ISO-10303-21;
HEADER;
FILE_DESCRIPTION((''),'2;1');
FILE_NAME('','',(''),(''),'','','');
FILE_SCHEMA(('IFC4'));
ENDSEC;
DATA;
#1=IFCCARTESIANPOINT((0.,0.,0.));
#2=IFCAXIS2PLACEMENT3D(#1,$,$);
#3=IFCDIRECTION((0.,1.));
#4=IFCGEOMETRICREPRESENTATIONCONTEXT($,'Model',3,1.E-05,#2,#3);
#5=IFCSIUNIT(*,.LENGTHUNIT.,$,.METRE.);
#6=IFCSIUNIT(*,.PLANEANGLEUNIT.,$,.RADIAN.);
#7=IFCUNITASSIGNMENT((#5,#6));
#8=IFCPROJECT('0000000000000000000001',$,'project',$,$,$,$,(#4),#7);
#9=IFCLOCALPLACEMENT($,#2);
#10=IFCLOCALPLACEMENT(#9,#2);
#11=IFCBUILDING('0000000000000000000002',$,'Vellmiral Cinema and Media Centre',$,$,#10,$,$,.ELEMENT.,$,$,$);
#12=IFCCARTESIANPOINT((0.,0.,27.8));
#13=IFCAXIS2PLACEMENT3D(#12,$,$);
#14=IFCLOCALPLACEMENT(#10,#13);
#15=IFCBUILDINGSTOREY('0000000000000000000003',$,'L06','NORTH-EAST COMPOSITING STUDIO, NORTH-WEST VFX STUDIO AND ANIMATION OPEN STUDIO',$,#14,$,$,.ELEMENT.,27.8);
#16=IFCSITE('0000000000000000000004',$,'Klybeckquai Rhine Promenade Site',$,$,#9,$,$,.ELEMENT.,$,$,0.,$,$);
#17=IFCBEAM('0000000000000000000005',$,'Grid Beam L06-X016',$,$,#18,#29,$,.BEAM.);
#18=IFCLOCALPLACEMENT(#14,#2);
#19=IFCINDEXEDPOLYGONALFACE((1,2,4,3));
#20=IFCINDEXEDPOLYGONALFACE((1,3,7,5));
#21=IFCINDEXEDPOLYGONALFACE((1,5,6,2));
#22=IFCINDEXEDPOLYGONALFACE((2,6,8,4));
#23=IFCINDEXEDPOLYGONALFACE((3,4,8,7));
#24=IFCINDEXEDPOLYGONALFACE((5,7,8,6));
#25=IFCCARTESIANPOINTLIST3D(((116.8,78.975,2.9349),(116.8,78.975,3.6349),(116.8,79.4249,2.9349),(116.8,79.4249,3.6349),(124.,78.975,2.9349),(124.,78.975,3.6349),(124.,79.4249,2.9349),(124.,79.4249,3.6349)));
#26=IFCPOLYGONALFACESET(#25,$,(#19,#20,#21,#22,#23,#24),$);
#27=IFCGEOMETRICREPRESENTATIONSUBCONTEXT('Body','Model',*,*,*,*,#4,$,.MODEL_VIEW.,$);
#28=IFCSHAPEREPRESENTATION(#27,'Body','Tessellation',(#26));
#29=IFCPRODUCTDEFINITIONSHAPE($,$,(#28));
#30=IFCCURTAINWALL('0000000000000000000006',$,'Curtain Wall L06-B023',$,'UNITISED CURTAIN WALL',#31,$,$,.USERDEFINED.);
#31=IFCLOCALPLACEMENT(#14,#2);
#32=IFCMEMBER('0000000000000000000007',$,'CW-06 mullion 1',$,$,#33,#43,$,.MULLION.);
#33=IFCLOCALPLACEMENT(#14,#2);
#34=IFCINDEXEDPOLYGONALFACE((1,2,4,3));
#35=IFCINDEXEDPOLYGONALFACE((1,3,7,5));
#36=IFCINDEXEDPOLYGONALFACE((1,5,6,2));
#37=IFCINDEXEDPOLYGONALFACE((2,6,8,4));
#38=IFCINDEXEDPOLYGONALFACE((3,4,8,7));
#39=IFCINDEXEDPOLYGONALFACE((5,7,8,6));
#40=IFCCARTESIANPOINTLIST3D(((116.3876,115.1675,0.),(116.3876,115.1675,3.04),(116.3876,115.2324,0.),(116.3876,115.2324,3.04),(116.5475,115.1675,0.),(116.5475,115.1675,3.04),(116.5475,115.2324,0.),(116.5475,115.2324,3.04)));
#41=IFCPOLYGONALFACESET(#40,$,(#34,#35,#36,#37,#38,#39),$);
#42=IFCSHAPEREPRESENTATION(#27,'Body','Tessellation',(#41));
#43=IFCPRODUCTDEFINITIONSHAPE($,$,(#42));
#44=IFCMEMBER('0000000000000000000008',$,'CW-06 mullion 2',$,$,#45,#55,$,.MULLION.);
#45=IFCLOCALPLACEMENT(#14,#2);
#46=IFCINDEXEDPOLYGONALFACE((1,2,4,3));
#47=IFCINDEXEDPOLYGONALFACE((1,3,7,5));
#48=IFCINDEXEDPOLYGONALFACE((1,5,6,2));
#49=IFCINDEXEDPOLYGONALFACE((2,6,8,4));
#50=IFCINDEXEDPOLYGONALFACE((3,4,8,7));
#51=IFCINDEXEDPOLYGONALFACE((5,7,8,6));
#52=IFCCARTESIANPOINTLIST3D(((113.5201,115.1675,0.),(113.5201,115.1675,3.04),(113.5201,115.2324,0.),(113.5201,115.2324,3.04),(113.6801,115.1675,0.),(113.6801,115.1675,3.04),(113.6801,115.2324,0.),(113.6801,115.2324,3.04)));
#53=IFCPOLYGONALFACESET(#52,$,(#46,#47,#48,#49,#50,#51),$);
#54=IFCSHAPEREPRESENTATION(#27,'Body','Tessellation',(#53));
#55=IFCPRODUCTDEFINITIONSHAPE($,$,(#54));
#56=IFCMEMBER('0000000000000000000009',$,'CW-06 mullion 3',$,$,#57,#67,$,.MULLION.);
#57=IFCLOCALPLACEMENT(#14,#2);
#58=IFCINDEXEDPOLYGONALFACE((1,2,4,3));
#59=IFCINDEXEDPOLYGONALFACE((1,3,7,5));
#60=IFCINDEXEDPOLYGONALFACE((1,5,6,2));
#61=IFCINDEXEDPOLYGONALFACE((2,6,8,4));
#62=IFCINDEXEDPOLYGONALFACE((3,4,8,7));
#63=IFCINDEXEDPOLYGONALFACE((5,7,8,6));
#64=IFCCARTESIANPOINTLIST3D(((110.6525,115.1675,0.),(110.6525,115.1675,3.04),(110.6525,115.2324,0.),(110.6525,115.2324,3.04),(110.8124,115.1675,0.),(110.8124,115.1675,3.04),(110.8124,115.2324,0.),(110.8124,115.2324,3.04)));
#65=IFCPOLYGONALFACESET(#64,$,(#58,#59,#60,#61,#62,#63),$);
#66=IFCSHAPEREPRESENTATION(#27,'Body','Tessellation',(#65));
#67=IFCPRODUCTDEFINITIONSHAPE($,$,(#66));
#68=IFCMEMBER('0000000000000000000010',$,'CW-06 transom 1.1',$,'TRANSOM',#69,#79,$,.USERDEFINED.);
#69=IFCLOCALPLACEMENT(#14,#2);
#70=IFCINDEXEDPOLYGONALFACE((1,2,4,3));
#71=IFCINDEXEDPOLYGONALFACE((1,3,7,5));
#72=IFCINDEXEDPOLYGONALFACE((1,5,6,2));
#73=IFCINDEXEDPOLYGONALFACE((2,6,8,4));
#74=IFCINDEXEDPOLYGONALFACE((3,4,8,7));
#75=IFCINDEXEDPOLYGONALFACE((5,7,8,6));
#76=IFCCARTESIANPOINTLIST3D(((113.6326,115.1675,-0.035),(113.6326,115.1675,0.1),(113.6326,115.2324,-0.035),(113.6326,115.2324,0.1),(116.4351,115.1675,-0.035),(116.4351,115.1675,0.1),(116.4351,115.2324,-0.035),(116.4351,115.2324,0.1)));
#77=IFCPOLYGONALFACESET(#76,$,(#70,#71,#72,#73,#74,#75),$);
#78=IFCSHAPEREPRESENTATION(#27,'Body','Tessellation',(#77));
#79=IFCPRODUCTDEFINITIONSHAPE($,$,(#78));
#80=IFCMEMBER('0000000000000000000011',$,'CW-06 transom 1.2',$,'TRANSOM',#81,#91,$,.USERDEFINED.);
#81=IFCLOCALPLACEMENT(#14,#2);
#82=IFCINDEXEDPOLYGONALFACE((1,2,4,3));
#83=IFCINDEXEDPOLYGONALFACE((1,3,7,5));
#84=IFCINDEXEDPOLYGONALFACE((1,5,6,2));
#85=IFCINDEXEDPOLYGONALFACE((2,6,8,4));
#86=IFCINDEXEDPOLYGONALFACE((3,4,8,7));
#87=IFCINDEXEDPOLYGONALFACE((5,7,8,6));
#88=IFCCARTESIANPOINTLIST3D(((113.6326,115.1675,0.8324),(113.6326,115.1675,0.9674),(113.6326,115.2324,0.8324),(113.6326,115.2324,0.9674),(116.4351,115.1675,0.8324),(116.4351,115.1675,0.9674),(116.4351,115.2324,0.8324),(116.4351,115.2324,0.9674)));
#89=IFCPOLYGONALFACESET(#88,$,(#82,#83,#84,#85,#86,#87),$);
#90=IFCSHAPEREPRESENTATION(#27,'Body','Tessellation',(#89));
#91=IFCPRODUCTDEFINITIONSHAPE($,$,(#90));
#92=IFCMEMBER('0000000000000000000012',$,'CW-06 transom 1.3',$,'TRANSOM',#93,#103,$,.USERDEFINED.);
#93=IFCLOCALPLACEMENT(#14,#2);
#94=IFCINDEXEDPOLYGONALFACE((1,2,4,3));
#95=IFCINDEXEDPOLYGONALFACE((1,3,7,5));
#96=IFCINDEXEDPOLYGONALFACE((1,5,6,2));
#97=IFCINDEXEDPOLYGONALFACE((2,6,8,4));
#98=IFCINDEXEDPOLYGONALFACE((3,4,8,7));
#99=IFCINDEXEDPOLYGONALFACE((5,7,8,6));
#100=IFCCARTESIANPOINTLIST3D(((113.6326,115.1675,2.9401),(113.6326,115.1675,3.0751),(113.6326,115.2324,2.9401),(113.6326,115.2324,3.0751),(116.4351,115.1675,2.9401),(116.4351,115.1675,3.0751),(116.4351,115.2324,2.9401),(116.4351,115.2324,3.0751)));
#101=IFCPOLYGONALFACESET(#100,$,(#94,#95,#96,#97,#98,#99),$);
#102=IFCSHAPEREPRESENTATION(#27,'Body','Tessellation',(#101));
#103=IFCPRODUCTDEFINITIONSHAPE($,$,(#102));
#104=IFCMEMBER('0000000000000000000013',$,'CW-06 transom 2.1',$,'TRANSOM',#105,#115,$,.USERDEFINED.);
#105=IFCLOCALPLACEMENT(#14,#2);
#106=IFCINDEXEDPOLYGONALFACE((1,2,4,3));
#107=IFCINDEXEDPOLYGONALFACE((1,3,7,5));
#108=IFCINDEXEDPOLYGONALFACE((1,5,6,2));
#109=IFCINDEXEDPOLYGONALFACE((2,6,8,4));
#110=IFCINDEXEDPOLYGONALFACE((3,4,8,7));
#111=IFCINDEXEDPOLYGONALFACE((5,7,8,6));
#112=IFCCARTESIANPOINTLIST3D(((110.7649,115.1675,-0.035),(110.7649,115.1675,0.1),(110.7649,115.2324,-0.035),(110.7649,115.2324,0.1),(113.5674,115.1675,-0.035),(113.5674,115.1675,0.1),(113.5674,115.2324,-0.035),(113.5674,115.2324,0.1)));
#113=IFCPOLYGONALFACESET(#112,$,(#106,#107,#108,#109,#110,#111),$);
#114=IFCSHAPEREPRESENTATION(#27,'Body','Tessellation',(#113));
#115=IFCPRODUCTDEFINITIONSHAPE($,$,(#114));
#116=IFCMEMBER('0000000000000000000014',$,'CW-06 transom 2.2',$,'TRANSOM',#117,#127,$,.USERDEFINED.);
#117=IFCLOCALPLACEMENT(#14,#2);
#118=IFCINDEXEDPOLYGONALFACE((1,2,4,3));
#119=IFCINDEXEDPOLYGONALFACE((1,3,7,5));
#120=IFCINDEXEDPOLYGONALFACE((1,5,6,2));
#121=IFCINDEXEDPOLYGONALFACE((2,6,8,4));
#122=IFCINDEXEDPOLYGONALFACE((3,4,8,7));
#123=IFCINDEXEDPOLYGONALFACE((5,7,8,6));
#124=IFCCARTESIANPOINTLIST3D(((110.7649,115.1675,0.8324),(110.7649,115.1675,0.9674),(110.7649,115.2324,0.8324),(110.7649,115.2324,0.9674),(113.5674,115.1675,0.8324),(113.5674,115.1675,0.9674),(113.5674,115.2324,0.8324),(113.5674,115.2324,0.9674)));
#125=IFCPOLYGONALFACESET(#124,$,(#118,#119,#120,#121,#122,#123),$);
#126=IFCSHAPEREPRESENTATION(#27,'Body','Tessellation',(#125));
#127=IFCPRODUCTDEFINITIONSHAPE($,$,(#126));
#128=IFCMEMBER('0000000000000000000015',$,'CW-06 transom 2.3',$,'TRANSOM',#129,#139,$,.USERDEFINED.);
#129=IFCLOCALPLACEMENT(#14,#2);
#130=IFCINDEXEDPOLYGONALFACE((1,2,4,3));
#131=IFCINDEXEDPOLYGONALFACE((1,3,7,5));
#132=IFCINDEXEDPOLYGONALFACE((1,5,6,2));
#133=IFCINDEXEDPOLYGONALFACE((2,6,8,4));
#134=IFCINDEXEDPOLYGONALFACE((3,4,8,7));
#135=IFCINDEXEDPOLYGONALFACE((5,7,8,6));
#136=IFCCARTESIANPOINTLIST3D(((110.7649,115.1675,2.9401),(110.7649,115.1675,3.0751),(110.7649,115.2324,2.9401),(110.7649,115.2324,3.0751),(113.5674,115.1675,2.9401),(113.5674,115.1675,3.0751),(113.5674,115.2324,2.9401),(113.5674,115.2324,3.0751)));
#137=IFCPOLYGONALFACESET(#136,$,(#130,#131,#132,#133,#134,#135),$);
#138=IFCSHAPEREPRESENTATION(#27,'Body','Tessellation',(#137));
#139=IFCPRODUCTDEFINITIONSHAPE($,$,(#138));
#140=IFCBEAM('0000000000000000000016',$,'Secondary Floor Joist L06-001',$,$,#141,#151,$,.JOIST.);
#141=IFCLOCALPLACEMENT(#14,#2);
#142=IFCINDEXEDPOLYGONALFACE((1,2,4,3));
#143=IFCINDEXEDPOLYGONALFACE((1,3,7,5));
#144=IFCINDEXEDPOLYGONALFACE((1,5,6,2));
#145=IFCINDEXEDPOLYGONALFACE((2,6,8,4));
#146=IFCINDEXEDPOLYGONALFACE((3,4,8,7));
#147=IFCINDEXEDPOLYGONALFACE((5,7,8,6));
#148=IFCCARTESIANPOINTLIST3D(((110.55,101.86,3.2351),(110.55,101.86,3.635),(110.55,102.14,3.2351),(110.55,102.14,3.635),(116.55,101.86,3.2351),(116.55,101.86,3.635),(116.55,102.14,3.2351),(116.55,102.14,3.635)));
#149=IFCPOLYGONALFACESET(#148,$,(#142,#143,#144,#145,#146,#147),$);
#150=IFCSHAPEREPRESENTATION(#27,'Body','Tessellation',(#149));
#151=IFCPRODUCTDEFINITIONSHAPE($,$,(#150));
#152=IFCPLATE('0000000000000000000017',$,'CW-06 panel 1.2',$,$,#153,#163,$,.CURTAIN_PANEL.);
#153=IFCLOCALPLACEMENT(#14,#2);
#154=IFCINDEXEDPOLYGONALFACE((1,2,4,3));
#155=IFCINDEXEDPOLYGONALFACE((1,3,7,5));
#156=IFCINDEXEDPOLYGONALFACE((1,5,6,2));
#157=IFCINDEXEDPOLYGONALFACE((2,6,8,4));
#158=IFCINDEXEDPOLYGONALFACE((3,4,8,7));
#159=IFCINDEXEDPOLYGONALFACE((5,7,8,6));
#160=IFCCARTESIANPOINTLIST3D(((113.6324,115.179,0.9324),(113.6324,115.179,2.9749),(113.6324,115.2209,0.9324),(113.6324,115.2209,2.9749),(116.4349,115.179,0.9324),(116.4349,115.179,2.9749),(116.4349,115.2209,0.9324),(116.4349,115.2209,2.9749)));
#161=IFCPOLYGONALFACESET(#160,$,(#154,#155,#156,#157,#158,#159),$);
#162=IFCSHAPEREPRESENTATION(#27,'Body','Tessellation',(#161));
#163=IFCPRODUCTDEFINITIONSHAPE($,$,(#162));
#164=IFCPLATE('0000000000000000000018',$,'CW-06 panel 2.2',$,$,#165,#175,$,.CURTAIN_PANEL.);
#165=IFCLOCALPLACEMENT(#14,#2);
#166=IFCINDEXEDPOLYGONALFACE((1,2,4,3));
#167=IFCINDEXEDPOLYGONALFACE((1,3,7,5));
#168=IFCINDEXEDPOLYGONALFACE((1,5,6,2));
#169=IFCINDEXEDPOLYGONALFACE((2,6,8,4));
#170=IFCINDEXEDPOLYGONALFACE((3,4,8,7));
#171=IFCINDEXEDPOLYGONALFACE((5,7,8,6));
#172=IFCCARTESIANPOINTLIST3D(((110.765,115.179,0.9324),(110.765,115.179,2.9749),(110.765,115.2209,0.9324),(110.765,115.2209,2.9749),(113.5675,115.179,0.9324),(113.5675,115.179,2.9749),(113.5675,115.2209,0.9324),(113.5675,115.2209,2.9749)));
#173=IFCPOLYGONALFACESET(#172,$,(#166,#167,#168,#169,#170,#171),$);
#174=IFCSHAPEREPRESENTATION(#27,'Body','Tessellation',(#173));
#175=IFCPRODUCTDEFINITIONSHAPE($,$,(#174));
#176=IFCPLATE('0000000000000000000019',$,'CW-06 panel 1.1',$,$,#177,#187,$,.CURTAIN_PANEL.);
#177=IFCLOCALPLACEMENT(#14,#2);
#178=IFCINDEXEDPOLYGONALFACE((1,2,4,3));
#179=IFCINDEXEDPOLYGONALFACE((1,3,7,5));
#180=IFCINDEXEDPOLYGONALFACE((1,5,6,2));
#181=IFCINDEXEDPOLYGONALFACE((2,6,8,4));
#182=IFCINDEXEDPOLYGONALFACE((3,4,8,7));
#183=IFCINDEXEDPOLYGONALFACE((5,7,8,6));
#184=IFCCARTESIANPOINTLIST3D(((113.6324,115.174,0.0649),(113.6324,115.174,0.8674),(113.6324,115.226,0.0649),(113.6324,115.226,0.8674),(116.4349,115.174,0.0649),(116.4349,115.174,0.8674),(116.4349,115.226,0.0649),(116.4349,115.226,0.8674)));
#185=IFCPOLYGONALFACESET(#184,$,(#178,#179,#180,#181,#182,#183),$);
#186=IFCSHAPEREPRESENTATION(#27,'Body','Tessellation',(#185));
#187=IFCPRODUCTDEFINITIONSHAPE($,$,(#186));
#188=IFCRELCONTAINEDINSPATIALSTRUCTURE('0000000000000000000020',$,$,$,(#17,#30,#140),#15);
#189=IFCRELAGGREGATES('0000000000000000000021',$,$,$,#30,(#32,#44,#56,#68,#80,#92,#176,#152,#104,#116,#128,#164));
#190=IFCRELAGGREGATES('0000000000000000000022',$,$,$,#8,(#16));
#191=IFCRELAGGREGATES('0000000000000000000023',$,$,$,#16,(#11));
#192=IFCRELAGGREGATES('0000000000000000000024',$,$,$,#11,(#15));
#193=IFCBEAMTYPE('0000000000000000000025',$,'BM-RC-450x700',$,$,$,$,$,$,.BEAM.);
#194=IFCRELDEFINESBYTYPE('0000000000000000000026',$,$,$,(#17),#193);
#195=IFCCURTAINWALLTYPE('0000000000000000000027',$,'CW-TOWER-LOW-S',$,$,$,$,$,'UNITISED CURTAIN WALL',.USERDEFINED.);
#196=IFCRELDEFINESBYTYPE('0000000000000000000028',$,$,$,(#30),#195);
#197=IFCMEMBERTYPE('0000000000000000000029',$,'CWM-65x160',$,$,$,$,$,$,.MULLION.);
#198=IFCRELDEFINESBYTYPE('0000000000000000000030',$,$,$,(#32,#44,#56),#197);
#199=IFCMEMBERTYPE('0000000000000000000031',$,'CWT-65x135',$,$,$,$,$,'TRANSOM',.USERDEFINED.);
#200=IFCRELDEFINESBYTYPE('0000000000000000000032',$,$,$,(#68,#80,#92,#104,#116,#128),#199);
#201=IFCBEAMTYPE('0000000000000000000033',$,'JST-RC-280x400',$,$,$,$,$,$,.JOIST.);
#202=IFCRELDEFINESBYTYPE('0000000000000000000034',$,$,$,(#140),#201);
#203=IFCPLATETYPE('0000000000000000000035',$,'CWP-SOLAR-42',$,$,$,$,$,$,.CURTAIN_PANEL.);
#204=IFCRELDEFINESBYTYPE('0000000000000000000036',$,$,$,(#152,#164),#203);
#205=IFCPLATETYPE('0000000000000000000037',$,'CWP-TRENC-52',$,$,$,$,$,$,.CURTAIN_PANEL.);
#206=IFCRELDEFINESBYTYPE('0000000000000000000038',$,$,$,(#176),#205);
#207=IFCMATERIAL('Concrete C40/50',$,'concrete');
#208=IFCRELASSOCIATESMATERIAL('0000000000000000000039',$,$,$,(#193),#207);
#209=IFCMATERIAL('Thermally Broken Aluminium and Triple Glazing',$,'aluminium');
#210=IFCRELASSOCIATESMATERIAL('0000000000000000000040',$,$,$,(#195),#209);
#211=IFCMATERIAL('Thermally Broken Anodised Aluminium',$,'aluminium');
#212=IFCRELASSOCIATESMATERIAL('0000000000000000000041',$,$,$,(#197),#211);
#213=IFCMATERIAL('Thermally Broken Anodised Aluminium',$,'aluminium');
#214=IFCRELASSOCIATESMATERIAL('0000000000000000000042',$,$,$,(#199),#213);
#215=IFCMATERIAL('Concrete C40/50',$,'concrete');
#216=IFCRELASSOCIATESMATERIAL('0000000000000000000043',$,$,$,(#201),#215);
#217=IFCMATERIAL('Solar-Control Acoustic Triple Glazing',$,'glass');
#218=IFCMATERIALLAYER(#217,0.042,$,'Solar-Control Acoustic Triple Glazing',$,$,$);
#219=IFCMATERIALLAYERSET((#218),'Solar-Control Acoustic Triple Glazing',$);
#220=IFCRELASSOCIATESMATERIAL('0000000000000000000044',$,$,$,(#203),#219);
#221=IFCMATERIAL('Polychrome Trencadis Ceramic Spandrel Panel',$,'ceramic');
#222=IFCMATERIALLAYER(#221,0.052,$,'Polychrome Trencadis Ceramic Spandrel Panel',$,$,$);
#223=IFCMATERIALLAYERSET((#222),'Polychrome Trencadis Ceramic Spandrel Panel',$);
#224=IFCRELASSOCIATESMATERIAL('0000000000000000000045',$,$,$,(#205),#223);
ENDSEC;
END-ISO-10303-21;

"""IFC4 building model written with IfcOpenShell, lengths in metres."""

from ifc_helpers import new_model, si_unit, direction, frame, origin, origin_2d, place, context, subcontext, project, spatial, rectangle, extrude, material, layer, layer_set, material_profile, profile_set, type_object, element, aggregate, save


model = new_model("IFC4")

# Units and contexts
model_context = context("Model", 3, precision=1e-05, world=origin(), true_north=direction((0.0, 1.0)))
body_context = subcontext(model_context, "Body", "Model", "MODEL_VIEW")
ifc_project = project(units=[si_unit("LENGTHUNIT", "METRE"), si_unit("PLANEANGLEUNIT", "RADIAN")], contexts=[model_context])

# Site, building, storey
site_placement = place(None, origin())
site = spatial("IfcSite", under=ifc_project, at=site_placement, Name="Klybeckquai Rhine Promenade Site", CompositionType="ELEMENT", RefElevation=0.0)
building_placement = place(site_placement, origin())
building = spatial("IfcBuilding", under=site, at=building_placement, Name="Vellmiral Cinema and Media Centre", CompositionType="ELEMENT")
storey_placement = place(building_placement, frame((0.0, 0.0, 27.8)))
storey = spatial("IfcBuildingStorey", under=building, at=storey_placement, Name="L06", Description="NORTH-EAST COMPOSITING STUDIO, NORTH-WEST VFX STUDIO AND ANIMATION OPEN STUDIO", CompositionType="ELEMENT", Elevation=27.8)

# Beam
ifc_material_1 = material(Name="Concrete C40/50", Category="concrete")
ifc_material_profile_1 = material_profile(ifc_material_1, rectangle(XDim=0.45, YDim=0.7, at=origin_2d()), Name="RC 450x700")
ifc_profile_set_1 = profile_set([ifc_material_profile_1], Name="Concrete C40/50")
beam_type_1 = type_object("IfcBeamType", Name="BM-RC-450x700", PredefinedType="BEAM", material=ifc_profile_set_1)
beam_1_placement = place(storey_placement, frame((116.8, 79.2, 3.2849), z_axis=(1.0, 0.0, 0.0), x_axis=(0.0, 1.0, 0.0)))
element("IfcBeam", 1, at=beam_1_placement, inside=storey, type_object=beam_type_1, Name="Grid Beam L06-X016", PredefinedType="BEAM", context=body_context, shape_type="SweptSolid", body=[
    extrude(rectangle(XDim=0.45, YDim=0.7, at=origin_2d()), origin(), (0.0, 0.0, 1.0), 7.2),
])

# Curtain wall, members
ifc_material_2 = material(Name="Thermally Broken Aluminium and Triple Glazing", Category="aluminium")
curtain_wall_type = type_object("IfcCurtainWallType", Name="CW-TOWER-LOW-S", ElementType="UNITISED CURTAIN WALL", PredefinedType="USERDEFINED", material=ifc_material_2)
curtain_wall_placement = place(storey_placement, origin())
curtain_wall = element("IfcCurtainWall", 2, at=curtain_wall_placement, inside=storey, type_object=curtain_wall_type, Name="Curtain Wall L06-B023", ObjectType="UNITISED CURTAIN WALL", PredefinedType="USERDEFINED")
ifc_material_3 = material(Name="Thermally Broken Anodised Aluminium", Category="aluminium")
ifc_material_profile_2 = material_profile(ifc_material_3, rectangle(XDim=0.0649, YDim=0.1599, at=origin_2d()), Name="MULL 65x160")
ifc_profile_set_2 = profile_set([ifc_material_profile_2], Name="Thermally Broken Anodised Aluminium")
member_type_1 = type_object("IfcMemberType", Name="CWM-65x160", PredefinedType="MULLION", material=ifc_profile_set_2)
member_1_placement = place(storey_placement, frame((116.4675, 115.2, 0.0), z_axis=(0.0, 0.0, 1.0), x_axis=(0.0, -1.0, 0.0)))
member_1 = element("IfcMember", 3, at=member_1_placement, type_object=member_type_1, Name="CW-06 mullion 1", PredefinedType="MULLION", context=body_context, shape_type="SweptSolid", body=[
    extrude(rectangle(XDim=0.0649, YDim=0.1599, at=origin_2d()), origin(), (0.0, 0.0, 1.0), 3.04),
])
member_2_placement = place(storey_placement, frame((113.6001, 115.2, 0.0), z_axis=(0.0, 0.0, 1.0), x_axis=(0.0, -1.0, 0.0)))
member_2 = element("IfcMember", 4, at=member_2_placement, type_object=member_type_1, Name="CW-06 mullion 2", PredefinedType="MULLION", context=body_context, shape_type="SweptSolid", body=[
    extrude(rectangle(XDim=0.0649, YDim=0.1599, at=origin_2d()), origin(), (0.0, 0.0, 1.0), 3.04),
])
member_3_placement = place(storey_placement, frame((110.7324, 115.2, 0.0), z_axis=(0.0, 0.0, 1.0), x_axis=(0.0, -1.0, 0.0)))
member_3 = element("IfcMember", 5, at=member_3_placement, type_object=member_type_1, Name="CW-06 mullion 3", PredefinedType="MULLION", context=body_context, shape_type="SweptSolid", body=[
    extrude(rectangle(XDim=0.0649, YDim=0.1599, at=origin_2d()), origin(), (0.0, 0.0, 1.0), 3.04),
])
ifc_material_4 = material(Name="Thermally Broken Anodised Aluminium", Category="aluminium")
ifc_material_profile_3 = material_profile(ifc_material_4, rectangle(XDim=0.0649, YDim=0.135, at=origin_2d()), Name="MULL 65x135")
ifc_profile_set_3 = profile_set([ifc_material_profile_3], Name="Thermally Broken Anodised Aluminium")
member_type_2 = type_object("IfcMemberType", Name="CWT-65x135", ElementType="TRANSOM", PredefinedType="USERDEFINED", material=ifc_profile_set_3)
member_4_placement = place(storey_placement, frame((116.4351, 115.2, 0.0325), z_axis=(-1.0, 0.0, 0.0), x_axis=(0.0, -1.0, 0.0)))
member_4 = element("IfcMember", 6, at=member_4_placement, type_object=member_type_2, Name="CW-06 transom 1.1", ObjectType="TRANSOM", PredefinedType="USERDEFINED", context=body_context, shape_type="SweptSolid", body=[
    extrude(rectangle(XDim=0.0649, YDim=0.135, at=origin_2d()), origin(), (0.0, 0.0, 1.0), 2.8025),
])
member_5_placement = place(storey_placement, frame((116.4351, 115.2, 0.8999), z_axis=(-1.0, 0.0, 0.0), x_axis=(0.0, -1.0, 0.0)))
member_5 = element("IfcMember", 7, at=member_5_placement, type_object=member_type_2, Name="CW-06 transom 1.2", ObjectType="TRANSOM", PredefinedType="USERDEFINED", context=body_context, shape_type="SweptSolid", body=[
    extrude(rectangle(XDim=0.0649, YDim=0.135, at=origin_2d()), origin(), (0.0, 0.0, 1.0), 2.8025),
])
member_6_placement = place(storey_placement, frame((116.4351, 115.2, 3.0076), z_axis=(-1.0, 0.0, 0.0), x_axis=(0.0, -1.0, 0.0)))
member_6 = element("IfcMember", 8, at=member_6_placement, type_object=member_type_2, Name="CW-06 transom 1.3", ObjectType="TRANSOM", PredefinedType="USERDEFINED", context=body_context, shape_type="SweptSolid", body=[
    extrude(rectangle(XDim=0.0649, YDim=0.135, at=origin_2d()), origin(), (0.0, 0.0, 1.0), 2.8025),
])
member_7_placement = place(storey_placement, frame((113.5674, 115.2, 0.0325), z_axis=(-1.0, 0.0, 0.0), x_axis=(0.0, -1.0, 0.0)))
member_7 = element("IfcMember", 9, at=member_7_placement, type_object=member_type_2, Name="CW-06 transom 2.1", ObjectType="TRANSOM", PredefinedType="USERDEFINED", context=body_context, shape_type="SweptSolid", body=[
    extrude(rectangle(XDim=0.0649, YDim=0.135, at=origin_2d()), origin(), (0.0, 0.0, 1.0), 2.8025),
])
member_8_placement = place(storey_placement, frame((113.5674, 115.2, 0.8999), z_axis=(-1.0, 0.0, 0.0), x_axis=(0.0, -1.0, 0.0)))
member_8 = element("IfcMember", 10, at=member_8_placement, type_object=member_type_2, Name="CW-06 transom 2.2", ObjectType="TRANSOM", PredefinedType="USERDEFINED", context=body_context, shape_type="SweptSolid", body=[
    extrude(rectangle(XDim=0.0649, YDim=0.135, at=origin_2d()), origin(), (0.0, 0.0, 1.0), 2.8025),
])
member_9_placement = place(storey_placement, frame((113.5674, 115.2, 3.0076), z_axis=(-1.0, 0.0, 0.0), x_axis=(0.0, -1.0, 0.0)))
member_9 = element("IfcMember", 11, at=member_9_placement, type_object=member_type_2, Name="CW-06 transom 2.3", ObjectType="TRANSOM", PredefinedType="USERDEFINED", context=body_context, shape_type="SweptSolid", body=[
    extrude(rectangle(XDim=0.0649, YDim=0.135, at=origin_2d()), origin(), (0.0, 0.0, 1.0), 2.8025),
])

# Beam
ifc_material_5 = material(Name="Concrete C40/50", Category="concrete")
ifc_material_profile_4 = material_profile(ifc_material_5, rectangle(XDim=0.28, YDim=0.3999, at=origin_2d()), Name="RC 280x400")
ifc_profile_set_4 = profile_set([ifc_material_profile_4], Name="Concrete C40/50")
beam_type_2 = type_object("IfcBeamType", Name="JST-RC-280x400", PredefinedType="JOIST", material=ifc_profile_set_4)
beam_2_placement = place(storey_placement, frame((110.55, 102.0, 3.4351), z_axis=(1.0, 0.0, 0.0), x_axis=(0.0, 1.0, 0.0)))
element("IfcBeam", 12, at=beam_2_placement, inside=storey, type_object=beam_type_2, Name="Secondary Floor Joist L06-001", PredefinedType="JOIST", context=body_context, shape_type="SweptSolid", body=[
    extrude(rectangle(XDim=0.28, YDim=0.3999, at=origin_2d()), origin(), (0.0, 0.0, 1.0), 6.0),
])

# Plates
ifc_material_6 = material(Name="Solar-Control Acoustic Triple Glazing", Category="glass")
ifc_layer_1 = layer(ifc_material_6, 0.042, Name="Solar-Control Acoustic Triple Glazing")
ifc_layer_set_1 = layer_set([ifc_layer_1], Name="Solar-Control Acoustic Triple Glazing")
plate_type_1 = type_object("IfcPlateType", Name="CWP-SOLAR-42", PredefinedType="CURTAIN_PANEL", material=ifc_layer_set_1)
plate_1_placement = place(storey_placement, frame((115.0337, 115.2, 0.9324), z_axis=(0.0, 0.0, 1.0), x_axis=(-1.0, 0.0, 0.0)))
plate_1 = element("IfcPlate", 13, at=plate_1_placement, type_object=plate_type_1, Name="CW-06 panel 1.2", PredefinedType="CURTAIN_PANEL", context=body_context, shape_type="SweptSolid", body=[
    extrude(rectangle(XDim=2.8025, YDim=0.042, at=origin_2d()), origin(), (0.0, 0.0, 1.0), 2.0425),
])
plate_2_placement = place(storey_placement, frame((112.1663, 115.2, 0.9324), z_axis=(0.0, 0.0, 1.0), x_axis=(-1.0, 0.0, 0.0)))
plate_2 = element("IfcPlate", 14, at=plate_2_placement, type_object=plate_type_1, Name="CW-06 panel 2.2", PredefinedType="CURTAIN_PANEL", context=body_context, shape_type="SweptSolid", body=[
    extrude(rectangle(XDim=2.8025, YDim=0.042, at=origin_2d()), origin(), (0.0, 0.0, 1.0), 2.0425),
])
ifc_material_7 = material(Name="Polychrome Trencadis Ceramic Spandrel Panel", Category="ceramic")
ifc_layer_2 = layer(ifc_material_7, 0.052, Name="Polychrome Trencadis Ceramic Spandrel Panel")
ifc_layer_set_2 = layer_set([ifc_layer_2], Name="Polychrome Trencadis Ceramic Spandrel Panel")
plate_type_2 = type_object("IfcPlateType", Name="CWP-TRENC-52", PredefinedType="CURTAIN_PANEL", material=ifc_layer_set_2)
plate_3_placement = place(storey_placement, frame((115.0337, 115.2, 0.0649), z_axis=(0.0, 0.0, 1.0), x_axis=(-1.0, 0.0, 0.0)))
plate_3 = element("IfcPlate", 15, at=plate_3_placement, type_object=plate_type_2, Name="CW-06 panel 1.1", PredefinedType="CURTAIN_PANEL", context=body_context, shape_type="SweptSolid", body=[
    extrude(rectangle(XDim=2.8025, YDim=0.052, at=origin_2d()), origin(), (0.0, 0.0, 1.0), 0.8025),
])
aggregate(curtain_wall, [member_1, member_2, member_3, member_4, member_5, member_6, plate_3, plate_1, member_7, member_8, member_9, plate_2])

save(model, "model.ifc")
